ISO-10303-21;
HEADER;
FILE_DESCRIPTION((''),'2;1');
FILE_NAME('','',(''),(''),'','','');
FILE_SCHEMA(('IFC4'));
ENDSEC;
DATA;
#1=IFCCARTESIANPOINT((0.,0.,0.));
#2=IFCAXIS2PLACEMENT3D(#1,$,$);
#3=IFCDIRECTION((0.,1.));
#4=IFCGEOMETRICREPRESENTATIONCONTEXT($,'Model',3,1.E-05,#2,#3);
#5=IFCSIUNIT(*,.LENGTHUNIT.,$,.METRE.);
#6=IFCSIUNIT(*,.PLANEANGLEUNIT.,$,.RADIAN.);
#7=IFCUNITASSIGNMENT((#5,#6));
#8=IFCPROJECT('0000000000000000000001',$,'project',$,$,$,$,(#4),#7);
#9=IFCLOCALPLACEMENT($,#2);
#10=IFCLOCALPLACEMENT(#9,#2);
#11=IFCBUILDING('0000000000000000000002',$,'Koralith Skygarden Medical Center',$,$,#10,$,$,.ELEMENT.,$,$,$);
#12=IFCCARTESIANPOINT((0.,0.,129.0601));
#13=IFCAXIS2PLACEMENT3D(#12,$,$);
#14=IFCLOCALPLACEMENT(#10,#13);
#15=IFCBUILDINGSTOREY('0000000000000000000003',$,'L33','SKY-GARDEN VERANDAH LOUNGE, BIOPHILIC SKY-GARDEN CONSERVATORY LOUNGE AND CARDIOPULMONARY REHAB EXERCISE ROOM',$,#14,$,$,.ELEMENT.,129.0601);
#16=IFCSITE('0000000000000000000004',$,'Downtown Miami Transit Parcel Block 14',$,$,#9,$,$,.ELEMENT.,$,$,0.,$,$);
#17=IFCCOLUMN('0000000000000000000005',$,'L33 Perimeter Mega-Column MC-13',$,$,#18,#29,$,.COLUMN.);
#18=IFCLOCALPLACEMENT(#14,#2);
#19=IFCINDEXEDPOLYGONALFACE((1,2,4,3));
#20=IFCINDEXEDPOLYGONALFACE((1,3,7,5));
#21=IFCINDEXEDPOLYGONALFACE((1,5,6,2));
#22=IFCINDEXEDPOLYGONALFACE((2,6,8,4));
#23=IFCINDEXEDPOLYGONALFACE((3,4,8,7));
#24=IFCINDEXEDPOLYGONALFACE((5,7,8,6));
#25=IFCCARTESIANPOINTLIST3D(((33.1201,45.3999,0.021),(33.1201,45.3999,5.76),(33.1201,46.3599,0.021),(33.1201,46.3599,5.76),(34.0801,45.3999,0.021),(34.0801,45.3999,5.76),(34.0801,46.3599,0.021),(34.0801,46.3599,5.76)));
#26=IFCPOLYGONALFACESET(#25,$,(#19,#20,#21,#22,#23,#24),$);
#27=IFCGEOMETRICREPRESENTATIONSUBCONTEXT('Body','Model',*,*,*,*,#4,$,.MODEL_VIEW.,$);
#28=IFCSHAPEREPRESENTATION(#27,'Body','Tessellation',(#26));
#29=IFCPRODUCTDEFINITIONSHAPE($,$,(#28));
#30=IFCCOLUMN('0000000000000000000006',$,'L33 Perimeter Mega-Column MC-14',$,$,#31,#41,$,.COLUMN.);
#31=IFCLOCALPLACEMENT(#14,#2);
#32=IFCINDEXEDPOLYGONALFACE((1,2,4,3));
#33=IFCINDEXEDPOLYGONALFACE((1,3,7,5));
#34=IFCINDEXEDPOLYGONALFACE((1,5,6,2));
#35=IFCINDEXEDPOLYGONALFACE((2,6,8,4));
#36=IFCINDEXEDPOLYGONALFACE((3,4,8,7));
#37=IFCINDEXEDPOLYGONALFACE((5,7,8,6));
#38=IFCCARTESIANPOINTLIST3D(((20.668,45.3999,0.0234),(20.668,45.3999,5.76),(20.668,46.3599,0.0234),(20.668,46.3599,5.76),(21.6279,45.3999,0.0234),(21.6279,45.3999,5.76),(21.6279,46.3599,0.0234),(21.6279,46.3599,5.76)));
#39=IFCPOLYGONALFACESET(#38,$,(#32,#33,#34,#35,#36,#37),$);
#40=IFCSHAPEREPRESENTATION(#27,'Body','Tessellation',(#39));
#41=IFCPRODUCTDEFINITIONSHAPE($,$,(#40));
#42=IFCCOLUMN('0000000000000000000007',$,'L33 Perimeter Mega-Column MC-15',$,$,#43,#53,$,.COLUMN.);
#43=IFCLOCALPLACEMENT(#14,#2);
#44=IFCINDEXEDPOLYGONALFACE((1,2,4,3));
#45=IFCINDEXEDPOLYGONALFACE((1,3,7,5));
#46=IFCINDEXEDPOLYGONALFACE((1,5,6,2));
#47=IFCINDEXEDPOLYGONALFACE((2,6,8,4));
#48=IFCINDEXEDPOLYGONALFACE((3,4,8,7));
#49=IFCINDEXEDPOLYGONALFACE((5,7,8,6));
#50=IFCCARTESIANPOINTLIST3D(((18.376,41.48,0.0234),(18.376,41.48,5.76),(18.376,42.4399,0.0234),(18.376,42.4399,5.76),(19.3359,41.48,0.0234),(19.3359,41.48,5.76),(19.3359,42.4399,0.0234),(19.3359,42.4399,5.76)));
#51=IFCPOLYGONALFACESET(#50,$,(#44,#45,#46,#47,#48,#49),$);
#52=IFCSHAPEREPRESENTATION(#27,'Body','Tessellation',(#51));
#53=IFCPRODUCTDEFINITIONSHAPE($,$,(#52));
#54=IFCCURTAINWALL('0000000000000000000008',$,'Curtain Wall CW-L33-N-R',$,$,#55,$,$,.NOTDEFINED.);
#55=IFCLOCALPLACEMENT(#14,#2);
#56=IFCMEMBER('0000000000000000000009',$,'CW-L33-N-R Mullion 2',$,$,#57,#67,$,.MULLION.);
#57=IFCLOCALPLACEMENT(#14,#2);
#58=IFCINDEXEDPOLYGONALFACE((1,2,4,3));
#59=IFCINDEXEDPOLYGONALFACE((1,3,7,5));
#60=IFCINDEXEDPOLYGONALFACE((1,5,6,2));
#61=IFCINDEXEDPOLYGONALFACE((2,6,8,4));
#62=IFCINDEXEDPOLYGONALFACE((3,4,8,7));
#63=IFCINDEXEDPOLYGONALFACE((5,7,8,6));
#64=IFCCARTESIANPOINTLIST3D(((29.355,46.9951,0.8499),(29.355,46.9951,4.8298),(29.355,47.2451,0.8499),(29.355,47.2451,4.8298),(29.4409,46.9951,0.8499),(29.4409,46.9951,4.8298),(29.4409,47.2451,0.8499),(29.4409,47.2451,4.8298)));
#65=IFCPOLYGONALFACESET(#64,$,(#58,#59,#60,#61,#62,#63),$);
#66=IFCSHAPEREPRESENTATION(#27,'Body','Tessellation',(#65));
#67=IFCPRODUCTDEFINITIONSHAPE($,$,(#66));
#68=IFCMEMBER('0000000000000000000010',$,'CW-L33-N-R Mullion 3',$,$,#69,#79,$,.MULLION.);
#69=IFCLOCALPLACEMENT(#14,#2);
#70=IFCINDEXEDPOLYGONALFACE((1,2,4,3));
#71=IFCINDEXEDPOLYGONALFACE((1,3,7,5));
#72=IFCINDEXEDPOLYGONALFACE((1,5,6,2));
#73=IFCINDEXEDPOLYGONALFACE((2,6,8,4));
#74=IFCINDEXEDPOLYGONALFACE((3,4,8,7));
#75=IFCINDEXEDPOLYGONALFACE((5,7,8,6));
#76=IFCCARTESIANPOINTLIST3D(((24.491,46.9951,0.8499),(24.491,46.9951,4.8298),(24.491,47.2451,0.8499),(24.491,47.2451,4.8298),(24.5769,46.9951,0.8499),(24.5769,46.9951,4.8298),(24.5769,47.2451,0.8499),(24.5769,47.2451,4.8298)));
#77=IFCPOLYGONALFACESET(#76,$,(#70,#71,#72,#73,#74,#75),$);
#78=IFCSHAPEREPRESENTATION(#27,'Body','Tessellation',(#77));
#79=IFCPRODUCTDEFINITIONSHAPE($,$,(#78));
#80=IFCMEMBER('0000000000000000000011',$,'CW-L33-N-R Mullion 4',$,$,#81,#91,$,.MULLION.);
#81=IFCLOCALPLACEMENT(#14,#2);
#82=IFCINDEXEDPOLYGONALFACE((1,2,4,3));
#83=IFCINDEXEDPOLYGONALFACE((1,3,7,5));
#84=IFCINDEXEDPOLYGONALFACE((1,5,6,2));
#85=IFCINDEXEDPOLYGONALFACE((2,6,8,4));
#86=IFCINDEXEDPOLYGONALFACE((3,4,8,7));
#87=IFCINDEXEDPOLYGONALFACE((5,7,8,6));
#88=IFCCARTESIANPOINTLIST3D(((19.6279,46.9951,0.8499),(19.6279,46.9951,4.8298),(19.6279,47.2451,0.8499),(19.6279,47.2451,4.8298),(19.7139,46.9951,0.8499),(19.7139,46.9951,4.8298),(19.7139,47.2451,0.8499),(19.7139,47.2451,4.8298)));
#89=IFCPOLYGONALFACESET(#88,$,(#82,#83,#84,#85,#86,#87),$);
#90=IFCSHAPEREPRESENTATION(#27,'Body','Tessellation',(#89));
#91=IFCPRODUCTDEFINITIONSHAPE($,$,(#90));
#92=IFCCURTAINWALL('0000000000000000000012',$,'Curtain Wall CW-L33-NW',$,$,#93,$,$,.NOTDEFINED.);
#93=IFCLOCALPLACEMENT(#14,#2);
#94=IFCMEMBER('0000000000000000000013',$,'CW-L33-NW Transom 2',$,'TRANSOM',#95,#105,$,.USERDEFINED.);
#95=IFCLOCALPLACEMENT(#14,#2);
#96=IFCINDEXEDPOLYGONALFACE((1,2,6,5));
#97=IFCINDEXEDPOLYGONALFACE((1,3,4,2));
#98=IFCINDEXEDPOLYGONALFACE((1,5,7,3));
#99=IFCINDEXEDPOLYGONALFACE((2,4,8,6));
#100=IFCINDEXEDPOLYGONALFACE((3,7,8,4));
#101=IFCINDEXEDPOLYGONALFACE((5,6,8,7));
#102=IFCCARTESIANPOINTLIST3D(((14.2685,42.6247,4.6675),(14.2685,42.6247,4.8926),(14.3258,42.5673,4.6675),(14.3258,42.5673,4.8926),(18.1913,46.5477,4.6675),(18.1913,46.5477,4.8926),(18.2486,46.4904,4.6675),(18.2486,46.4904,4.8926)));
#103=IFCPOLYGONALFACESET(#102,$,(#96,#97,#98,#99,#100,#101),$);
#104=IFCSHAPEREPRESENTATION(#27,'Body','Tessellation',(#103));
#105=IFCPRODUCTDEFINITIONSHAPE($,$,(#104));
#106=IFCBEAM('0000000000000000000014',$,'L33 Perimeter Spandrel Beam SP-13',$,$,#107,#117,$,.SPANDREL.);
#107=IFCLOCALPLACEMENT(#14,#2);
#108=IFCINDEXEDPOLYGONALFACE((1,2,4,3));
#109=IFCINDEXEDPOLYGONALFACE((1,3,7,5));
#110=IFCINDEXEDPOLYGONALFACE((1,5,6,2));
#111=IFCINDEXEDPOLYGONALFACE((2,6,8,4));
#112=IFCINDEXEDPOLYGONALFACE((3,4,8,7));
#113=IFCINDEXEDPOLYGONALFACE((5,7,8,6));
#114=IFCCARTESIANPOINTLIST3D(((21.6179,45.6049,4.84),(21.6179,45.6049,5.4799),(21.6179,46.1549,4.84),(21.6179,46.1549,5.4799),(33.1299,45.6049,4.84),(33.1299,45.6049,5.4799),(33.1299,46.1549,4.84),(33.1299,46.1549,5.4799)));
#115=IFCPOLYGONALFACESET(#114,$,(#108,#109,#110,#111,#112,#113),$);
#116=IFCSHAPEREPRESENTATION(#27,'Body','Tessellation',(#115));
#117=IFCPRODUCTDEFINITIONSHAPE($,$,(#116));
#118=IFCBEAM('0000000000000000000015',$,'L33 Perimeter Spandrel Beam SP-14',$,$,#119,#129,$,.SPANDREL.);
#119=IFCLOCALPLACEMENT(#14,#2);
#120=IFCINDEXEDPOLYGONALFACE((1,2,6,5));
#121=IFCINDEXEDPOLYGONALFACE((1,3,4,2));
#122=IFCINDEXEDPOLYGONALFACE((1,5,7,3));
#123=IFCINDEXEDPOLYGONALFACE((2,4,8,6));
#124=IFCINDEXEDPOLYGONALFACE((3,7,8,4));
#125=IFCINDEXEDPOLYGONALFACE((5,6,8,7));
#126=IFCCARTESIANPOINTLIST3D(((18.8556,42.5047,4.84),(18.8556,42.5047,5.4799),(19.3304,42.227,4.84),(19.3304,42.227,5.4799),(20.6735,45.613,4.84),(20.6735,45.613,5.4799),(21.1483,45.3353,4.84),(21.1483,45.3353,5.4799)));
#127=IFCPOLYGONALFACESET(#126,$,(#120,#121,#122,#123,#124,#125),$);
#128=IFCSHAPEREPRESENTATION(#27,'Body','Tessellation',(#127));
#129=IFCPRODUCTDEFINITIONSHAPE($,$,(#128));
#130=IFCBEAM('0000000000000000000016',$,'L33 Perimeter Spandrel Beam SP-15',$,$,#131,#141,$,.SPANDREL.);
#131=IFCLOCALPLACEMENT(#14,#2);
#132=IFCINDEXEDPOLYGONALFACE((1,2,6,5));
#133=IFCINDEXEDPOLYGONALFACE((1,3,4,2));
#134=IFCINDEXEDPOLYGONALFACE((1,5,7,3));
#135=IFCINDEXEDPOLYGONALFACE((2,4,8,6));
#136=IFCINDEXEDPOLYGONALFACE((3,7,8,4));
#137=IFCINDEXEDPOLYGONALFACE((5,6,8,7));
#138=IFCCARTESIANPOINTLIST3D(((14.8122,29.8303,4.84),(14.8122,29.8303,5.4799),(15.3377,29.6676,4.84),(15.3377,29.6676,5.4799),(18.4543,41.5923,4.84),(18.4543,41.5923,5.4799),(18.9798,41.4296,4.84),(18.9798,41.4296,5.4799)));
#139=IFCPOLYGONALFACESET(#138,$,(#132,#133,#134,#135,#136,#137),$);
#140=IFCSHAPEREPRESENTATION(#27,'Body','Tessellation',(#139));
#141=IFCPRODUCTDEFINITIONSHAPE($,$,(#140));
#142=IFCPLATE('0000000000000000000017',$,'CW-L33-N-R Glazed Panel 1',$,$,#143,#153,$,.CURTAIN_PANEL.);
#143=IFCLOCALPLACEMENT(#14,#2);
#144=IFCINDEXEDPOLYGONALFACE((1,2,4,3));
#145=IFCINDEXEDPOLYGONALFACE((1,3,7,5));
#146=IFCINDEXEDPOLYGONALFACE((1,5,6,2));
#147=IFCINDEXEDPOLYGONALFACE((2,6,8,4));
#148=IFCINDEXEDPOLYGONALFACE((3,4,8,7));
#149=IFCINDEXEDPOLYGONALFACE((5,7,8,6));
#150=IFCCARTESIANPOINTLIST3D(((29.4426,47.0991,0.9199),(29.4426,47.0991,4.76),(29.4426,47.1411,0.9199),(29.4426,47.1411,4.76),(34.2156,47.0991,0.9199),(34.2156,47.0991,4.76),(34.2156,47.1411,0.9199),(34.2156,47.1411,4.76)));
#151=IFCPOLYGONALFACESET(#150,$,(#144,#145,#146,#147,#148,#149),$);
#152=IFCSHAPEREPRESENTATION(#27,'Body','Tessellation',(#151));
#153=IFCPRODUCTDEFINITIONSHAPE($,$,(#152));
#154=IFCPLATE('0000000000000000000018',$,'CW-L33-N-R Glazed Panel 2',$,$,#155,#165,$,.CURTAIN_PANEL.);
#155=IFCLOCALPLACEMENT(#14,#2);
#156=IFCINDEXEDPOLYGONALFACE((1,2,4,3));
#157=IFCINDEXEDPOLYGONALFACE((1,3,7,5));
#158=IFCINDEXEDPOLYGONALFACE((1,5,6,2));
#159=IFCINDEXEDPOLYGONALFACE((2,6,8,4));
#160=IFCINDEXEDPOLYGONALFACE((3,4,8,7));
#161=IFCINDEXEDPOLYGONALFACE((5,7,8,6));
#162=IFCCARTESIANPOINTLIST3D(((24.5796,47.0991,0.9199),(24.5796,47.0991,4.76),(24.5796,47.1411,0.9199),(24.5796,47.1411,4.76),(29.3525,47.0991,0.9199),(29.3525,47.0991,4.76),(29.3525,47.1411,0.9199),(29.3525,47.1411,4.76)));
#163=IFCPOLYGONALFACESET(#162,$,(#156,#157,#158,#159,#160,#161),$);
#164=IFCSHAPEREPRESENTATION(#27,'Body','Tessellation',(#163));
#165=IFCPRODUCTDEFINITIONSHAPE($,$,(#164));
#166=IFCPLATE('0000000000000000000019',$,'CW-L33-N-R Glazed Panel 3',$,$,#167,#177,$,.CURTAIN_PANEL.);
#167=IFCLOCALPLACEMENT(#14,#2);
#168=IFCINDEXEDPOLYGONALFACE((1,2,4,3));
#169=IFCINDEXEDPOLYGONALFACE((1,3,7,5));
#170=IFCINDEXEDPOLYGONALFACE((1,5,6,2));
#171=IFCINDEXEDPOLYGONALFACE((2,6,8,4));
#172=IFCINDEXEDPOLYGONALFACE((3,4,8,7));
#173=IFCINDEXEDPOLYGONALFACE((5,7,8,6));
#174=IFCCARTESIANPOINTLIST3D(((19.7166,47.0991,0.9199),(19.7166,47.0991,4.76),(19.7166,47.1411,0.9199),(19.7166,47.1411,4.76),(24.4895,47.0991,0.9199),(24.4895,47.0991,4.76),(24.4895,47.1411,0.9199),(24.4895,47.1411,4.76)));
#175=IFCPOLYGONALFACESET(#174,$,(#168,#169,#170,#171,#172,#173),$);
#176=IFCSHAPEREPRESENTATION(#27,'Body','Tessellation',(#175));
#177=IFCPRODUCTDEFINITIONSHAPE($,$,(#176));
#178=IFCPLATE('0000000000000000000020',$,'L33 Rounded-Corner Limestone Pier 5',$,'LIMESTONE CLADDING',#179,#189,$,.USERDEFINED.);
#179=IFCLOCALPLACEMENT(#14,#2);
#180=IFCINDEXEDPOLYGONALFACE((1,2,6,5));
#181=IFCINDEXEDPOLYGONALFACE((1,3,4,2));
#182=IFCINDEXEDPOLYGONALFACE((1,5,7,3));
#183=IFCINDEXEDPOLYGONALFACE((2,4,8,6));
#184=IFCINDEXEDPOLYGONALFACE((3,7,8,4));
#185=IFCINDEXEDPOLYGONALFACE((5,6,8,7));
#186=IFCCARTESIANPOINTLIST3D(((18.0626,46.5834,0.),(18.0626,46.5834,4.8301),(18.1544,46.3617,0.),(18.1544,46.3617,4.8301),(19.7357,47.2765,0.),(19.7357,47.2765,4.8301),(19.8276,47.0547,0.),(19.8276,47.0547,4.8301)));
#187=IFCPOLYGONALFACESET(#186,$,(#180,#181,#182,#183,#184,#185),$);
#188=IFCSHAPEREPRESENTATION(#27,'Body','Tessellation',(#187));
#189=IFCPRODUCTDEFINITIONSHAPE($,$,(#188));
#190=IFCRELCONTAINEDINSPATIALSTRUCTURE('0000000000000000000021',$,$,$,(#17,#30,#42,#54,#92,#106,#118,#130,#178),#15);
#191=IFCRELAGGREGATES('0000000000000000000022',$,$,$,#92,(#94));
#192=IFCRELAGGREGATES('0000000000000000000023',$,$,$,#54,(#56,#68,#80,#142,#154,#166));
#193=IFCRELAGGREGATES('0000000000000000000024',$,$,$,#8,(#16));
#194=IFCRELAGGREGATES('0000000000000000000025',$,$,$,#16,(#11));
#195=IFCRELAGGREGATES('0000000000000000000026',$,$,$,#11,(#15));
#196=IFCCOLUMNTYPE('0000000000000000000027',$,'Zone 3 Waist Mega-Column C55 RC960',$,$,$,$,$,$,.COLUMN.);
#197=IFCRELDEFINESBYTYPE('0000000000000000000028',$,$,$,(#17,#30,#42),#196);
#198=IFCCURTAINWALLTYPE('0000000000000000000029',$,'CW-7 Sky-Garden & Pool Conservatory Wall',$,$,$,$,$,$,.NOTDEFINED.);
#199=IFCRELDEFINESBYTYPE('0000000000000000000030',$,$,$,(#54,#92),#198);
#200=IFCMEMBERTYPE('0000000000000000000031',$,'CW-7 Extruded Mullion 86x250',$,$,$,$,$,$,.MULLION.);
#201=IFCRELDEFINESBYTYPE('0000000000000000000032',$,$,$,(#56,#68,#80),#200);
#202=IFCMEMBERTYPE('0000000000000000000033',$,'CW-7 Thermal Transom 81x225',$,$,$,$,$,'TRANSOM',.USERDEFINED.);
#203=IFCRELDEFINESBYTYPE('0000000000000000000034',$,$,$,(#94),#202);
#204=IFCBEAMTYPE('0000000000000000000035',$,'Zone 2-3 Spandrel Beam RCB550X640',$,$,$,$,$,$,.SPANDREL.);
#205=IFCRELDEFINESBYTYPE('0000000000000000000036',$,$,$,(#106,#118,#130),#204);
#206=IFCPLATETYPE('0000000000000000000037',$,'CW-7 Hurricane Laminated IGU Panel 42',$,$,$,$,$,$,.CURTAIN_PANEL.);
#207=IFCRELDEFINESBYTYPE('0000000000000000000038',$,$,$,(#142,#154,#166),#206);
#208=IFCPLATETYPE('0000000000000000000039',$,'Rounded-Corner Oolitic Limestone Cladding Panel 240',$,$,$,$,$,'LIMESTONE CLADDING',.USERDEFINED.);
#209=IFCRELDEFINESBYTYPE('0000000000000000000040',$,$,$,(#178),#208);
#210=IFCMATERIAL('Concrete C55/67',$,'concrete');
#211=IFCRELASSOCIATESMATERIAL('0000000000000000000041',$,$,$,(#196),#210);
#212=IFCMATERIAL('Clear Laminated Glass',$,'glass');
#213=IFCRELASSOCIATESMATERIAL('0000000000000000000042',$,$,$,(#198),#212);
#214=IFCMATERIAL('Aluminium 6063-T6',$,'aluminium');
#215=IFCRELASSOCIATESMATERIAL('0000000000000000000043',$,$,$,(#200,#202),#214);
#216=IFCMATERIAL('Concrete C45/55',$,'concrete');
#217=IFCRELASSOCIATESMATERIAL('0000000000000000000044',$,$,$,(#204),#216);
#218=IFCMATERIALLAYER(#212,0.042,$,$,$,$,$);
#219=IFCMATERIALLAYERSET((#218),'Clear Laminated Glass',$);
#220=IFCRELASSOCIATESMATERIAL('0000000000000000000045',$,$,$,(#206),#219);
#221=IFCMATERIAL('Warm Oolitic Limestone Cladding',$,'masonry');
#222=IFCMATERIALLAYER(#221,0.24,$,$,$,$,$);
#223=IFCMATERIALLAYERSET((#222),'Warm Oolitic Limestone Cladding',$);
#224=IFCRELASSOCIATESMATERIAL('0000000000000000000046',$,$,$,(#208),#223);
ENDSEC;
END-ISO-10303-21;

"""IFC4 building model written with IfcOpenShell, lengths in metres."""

from ifc_helpers import new_model, si_unit, direction, frame, origin, origin_2d, place, context, subcontext, project, spatial, rectangle, extrude, material, layer, layer_set, material_profile, profile_set, type_object, element, aggregate, save


model = new_model("IFC4")

# Units and contexts
model_context = context("Model", 3, precision=1e-05, world=origin(), true_north=direction((0.0, 1.0)))
body_context = subcontext(model_context, "Body", "Model", "MODEL_VIEW")
ifc_project = project(units=[si_unit("LENGTHUNIT", "METRE"), si_unit("PLANEANGLEUNIT", "RADIAN")], contexts=[model_context])

# Site, building, storey
site_placement = place(None, origin())
site = spatial("IfcSite", under=ifc_project, at=site_placement, Name="Downtown Miami Transit Parcel Block 14", CompositionType="ELEMENT", RefElevation=0.0)
building_placement = place(site_placement, origin())
building = spatial("IfcBuilding", under=site, at=building_placement, Name="Koralith Skygarden Medical Center", CompositionType="ELEMENT")
storey_placement = place(building_placement, frame((0.0, 0.0, 129.0601)))
storey = spatial("IfcBuildingStorey", under=building, at=storey_placement, Name="L33", Description="SKY-GARDEN VERANDAH LOUNGE, BIOPHILIC SKY-GARDEN CONSERVATORY LOUNGE AND CARDIOPULMONARY REHAB EXERCISE ROOM", CompositionType="ELEMENT", Elevation=129.0601)

# Columns
ifc_material_1 = material(Name="Concrete C55/67", Category="concrete")
ifc_material_profile_1 = material_profile(ifc_material_1, rectangle(XDim=0.96, YDim=0.96, at=origin_2d()), Name="RC960X960")
ifc_profile_set_1 = profile_set([ifc_material_profile_1], Name="Concrete C55/67")
column_type = type_object("IfcColumnType", Name="Zone 3 Waist Mega-Column C55 RC960", PredefinedType="COLUMN", material=ifc_profile_set_1)
column_placement = place(storey_placement, frame((33.6001, 45.8799, 0.021), z_axis=(0.0, 0.0, 1.0), x_axis=(1.0, 0.0, 0.0)))
element("IfcColumn", 1, at=column_placement, inside=storey, type_object=column_type, Name="L33 Perimeter Mega-Column MC-13", PredefinedType="COLUMN", context=body_context, shape_type="SweptSolid", body=[
    extrude(rectangle(XDim=0.96, YDim=0.96, at=origin_2d()), origin(), (0.0, 0.0, 1.0), 5.739),
])
for number, where, z_axis, x_axis, name in (
    (2, (21.1479, 45.8799, 0.0234), (0.0, 0.0, 1.0), (1.0, 0.0, 0.0), "L33 Perimeter Mega-Column MC-14"),
    (3, (18.856, 41.96, 0.0234), (0.0, 0.0, 1.0), (1.0, 0.0, 0.0), "L33 Perimeter Mega-Column MC-15"),
):
    element("IfcColumn", number, at=place(storey_placement, frame(where, z_axis=z_axis, x_axis=x_axis)), inside=storey, type_object=column_type, Name=name, PredefinedType="COLUMN", context=body_context, shape_type="SweptSolid", body=[
        extrude(rectangle(XDim=0.96, YDim=0.96, at=origin_2d()), origin(), (0.0, 0.0, 1.0), 5.7366),
    ])

# Curtain wall, members
ifc_material_2 = material(Name="Clear Laminated Glass", Category="glass")
curtain_wall_type = type_object("IfcCurtainWallType", Name="CW-7 Sky-Garden & Pool Conservatory Wall", PredefinedType="NOTDEFINED", material=ifc_material_2)
curtain_wall_1_placement = place(storey_placement, origin())
curtain_wall_1 = element("IfcCurtainWall", 4, at=curtain_wall_1_placement, inside=storey, type_object=curtain_wall_type, Name="Curtain Wall CW-L33-N-R", PredefinedType="NOTDEFINED")
ifc_material_3 = material(Name="Aluminium 6063-T6", Category="aluminium")
ifc_material_profile_2 = material_profile(ifc_material_3, rectangle(XDim=0.0859, YDim=0.25, at=origin_2d()), Name="MUL86X250")
ifc_profile_set_2 = profile_set([ifc_material_profile_2], Name="Aluminium 6063-T6")
member_type_1 = type_object("IfcMemberType", Name="CW-7 Extruded Mullion 86x250", PredefinedType="MULLION", material=ifc_profile_set_2)
member_1_placement = place(storey_placement, frame((29.3979, 47.1201, 0.8499), z_axis=(0.0, 0.0, 1.0), x_axis=(1.0, 0.0, 0.0)))
member_1 = element("IfcMember", 5, at=member_1_placement, type_object=member_type_1, Name="CW-L33-N-R Mullion 2", PredefinedType="MULLION", context=body_context, shape_type="SweptSolid", body=[
    extrude(rectangle(XDim=0.0859, YDim=0.25, at=origin_2d()), origin(), (0.0, 0.0, 1.0), 3.98),
])
member_2_placement = place(storey_placement, frame((24.5339, 47.1201, 0.8499), z_axis=(0.0, 0.0, 1.0), x_axis=(1.0, 0.0, 0.0)))
member_2 = element("IfcMember", 6, at=member_2_placement, type_object=member_type_1, Name="CW-L33-N-R Mullion 3", PredefinedType="MULLION", context=body_context, shape_type="SweptSolid", body=[
    extrude(rectangle(XDim=0.0859, YDim=0.25, at=origin_2d()), origin(), (0.0, 0.0, 1.0), 3.98),
])
member_3_placement = place(storey_placement, frame((19.6709, 47.1201, 0.8499), z_axis=(0.0, 0.0, 1.0), x_axis=(1.0, 0.0, 0.0)))
member_3 = element("IfcMember", 7, at=member_3_placement, type_object=member_type_1, Name="CW-L33-N-R Mullion 4", PredefinedType="MULLION", context=body_context, shape_type="SweptSolid", body=[
    extrude(rectangle(XDim=0.0859, YDim=0.25, at=origin_2d()), origin(), (0.0, 0.0, 1.0), 3.98),
])

# Curtain wall, member
curtain_wall_2_placement = place(storey_placement, origin())
curtain_wall_2 = element("IfcCurtainWall", 8, at=curtain_wall_2_placement, inside=storey, type_object=curtain_wall_type, Name="Curtain Wall CW-L33-NW", PredefinedType="NOTDEFINED")
ifc_material_profile_3 = material_profile(ifc_material_3, rectangle(XDim=0.0811, YDim=0.2251, at=origin_2d()), Name="TRN81X225")
ifc_profile_set_3 = profile_set([ifc_material_profile_3], Name="Aluminium 6063-T6")
member_type_2 = type_object("IfcMemberType", Name="CW-7 Thermal Transom 81x225", ElementType="TRANSOM", PredefinedType="USERDEFINED", material=ifc_profile_set_3)
member_4_placement = place(storey_placement, frame((18.22, 46.519, 4.78), z_axis=(-0.707085, -0.707129, 0.0), x_axis=(0.707129, -0.707085, 0.0)))
member_4 = element("IfcMember", 9, at=member_4_placement, type_object=member_type_2, Name="CW-L33-NW Transom 2", ObjectType="TRANSOM", PredefinedType="USERDEFINED", context=body_context, shape_type="SweptSolid", body=[
    extrude(rectangle(XDim=0.0811, YDim=0.2251, at=origin_2d()), origin(), (0.0, 0.0, 1.0), 5.5479),
])
aggregate(curtain_wall_2, [member_4])

# Beams
ifc_material_4 = material(Name="Concrete C45/55", Category="concrete")
ifc_material_profile_4 = material_profile(ifc_material_4, rectangle(XDim=0.55, YDim=0.6399, at=origin_2d()), Name="RCB550X640")
ifc_profile_set_4 = profile_set([ifc_material_profile_4], Name="Concrete C45/55")
beam_type = type_object("IfcBeamType", Name="Zone 2-3 Spandrel Beam RCB550X640", PredefinedType="SPANDREL", material=ifc_profile_set_4)
beam_1_placement = place(storey_placement, frame((33.1299, 45.8799, 5.1599), z_axis=(-1.0, 0.0, 0.0), x_axis=(0.0, -1.0, 0.0)))
element("IfcBeam", 10, at=beam_1_placement, inside=storey, type_object=beam_type, Name="L33 Perimeter Spandrel Beam SP-13", PredefinedType="SPANDREL", context=body_context, shape_type="SweptSolid", body=[
    extrude(rectangle(XDim=0.55, YDim=0.6399, at=origin_2d()), origin(), (0.0, 0.0, 1.0), 11.512),
])
beam_2_placement = place(storey_placement, frame((20.9109, 45.4741, 5.1599), z_axis=(-0.504861, -0.8632, 0.0), x_axis=(0.8632, -0.504861, 0.0)))
element("IfcBeam", 11, at=beam_2_placement, inside=storey, type_object=beam_type, Name="L33 Perimeter Spandrel Beam SP-14", PredefinedType="SPANDREL", context=body_context, shape_type="SweptSolid", body=[
    extrude(rectangle(XDim=0.55, YDim=0.6399, at=origin_2d()), origin(), (0.0, 0.0, 1.0), 3.6008),
])
beam_3_placement = place(storey_placement, frame((18.717, 41.511, 5.1599), z_axis=(-0.295794, -0.955252, 0.0), x_axis=(0.955252, -0.295794, 0.0)))
element("IfcBeam", 12, at=beam_3_placement, inside=storey, type_object=beam_type, Name="L33 Perimeter Spandrel Beam SP-15", PredefinedType="SPANDREL", context=body_context, shape_type="SweptSolid", body=[
    extrude(rectangle(XDim=0.55, YDim=0.6399, at=origin_2d()), origin(), (0.0, 0.0, 1.0), 12.313),
])

# Plates
ifc_layer_1 = layer(ifc_material_2, 0.042)
ifc_layer_set_1 = layer_set([ifc_layer_1], Name="Clear Laminated Glass")
plate_type_1 = type_object("IfcPlateType", Name="CW-7 Hurricane Laminated IGU Panel 42", PredefinedType="CURTAIN_PANEL", material=ifc_layer_set_1)
plate_1_placement = place(storey_placement, frame((31.8291, 47.1201, 0.9199), z_axis=(0.0, 0.0, 1.0), x_axis=(-1.0, 0.0, 0.0)))
plate_1 = element("IfcPlate", 13, at=plate_1_placement, type_object=plate_type_1, Name="CW-L33-N-R Glazed Panel 1", PredefinedType="CURTAIN_PANEL", context=body_context, shape_type="SweptSolid", body=[
    extrude(rectangle(XDim=4.7729, YDim=0.042, at=origin_2d()), origin(), (0.0, 0.0, 1.0), 3.8401),
])
plate_2_placement = place(storey_placement, frame((26.9661, 47.1201, 0.9199), z_axis=(0.0, 0.0, 1.0), x_axis=(-1.0, 0.0, 0.0)))
plate_2 = element("IfcPlate", 14, at=plate_2_placement, type_object=plate_type_1, Name="CW-L33-N-R Glazed Panel 2", PredefinedType="CURTAIN_PANEL", context=body_context, shape_type="SweptSolid", body=[
    extrude(rectangle(XDim=4.7729, YDim=0.042, at=origin_2d()), origin(), (0.0, 0.0, 1.0), 3.8401),
])
plate_3_placement = place(storey_placement, frame((22.103, 47.1201, 0.9199), z_axis=(0.0, 0.0, 1.0), x_axis=(-1.0, 0.0, 0.0)))
plate_3 = element("IfcPlate", 15, at=plate_3_placement, type_object=plate_type_1, Name="CW-L33-N-R Glazed Panel 3", PredefinedType="CURTAIN_PANEL", context=body_context, shape_type="SweptSolid", body=[
    extrude(rectangle(XDim=4.7729, YDim=0.042, at=origin_2d()), origin(), (0.0, 0.0, 1.0), 3.8401),
])
aggregate(curtain_wall_1, [member_1, member_2, member_3, plate_1, plate_2, plate_3])
ifc_material_5 = material(Name="Warm Oolitic Limestone Cladding", Category="masonry")
ifc_layer_2 = layer(ifc_material_5, 0.24)
ifc_layer_set_2 = layer_set([ifc_layer_2], Name="Warm Oolitic Limestone Cladding")
plate_type_2 = type_object("IfcPlateType", Name="Rounded-Corner Oolitic Limestone Cladding Panel 240", ElementType="LIMESTONE CLADDING", PredefinedType="USERDEFINED", material=ifc_layer_set_2)
plate_4_placement = place(storey_placement, frame((18.9451, 46.8191, 0.0), z_axis=(0.0, 0.0, 1.0), x_axis=(-0.923885, -0.382671, 0.0)))
element("IfcPlate", 16, at=plate_4_placement, inside=storey, type_object=plate_type_2, Name="L33 Rounded-Corner Limestone Pier 5", ObjectType="LIMESTONE CLADDING", PredefinedType="USERDEFINED", context=body_context, shape_type="SweptSolid", body=[
    extrude(rectangle(XDim=1.811, YDim=0.24, at=origin_2d()), origin(), (0.0, 0.0, 1.0), 4.8301),
])

save(model, "model.ifc")
